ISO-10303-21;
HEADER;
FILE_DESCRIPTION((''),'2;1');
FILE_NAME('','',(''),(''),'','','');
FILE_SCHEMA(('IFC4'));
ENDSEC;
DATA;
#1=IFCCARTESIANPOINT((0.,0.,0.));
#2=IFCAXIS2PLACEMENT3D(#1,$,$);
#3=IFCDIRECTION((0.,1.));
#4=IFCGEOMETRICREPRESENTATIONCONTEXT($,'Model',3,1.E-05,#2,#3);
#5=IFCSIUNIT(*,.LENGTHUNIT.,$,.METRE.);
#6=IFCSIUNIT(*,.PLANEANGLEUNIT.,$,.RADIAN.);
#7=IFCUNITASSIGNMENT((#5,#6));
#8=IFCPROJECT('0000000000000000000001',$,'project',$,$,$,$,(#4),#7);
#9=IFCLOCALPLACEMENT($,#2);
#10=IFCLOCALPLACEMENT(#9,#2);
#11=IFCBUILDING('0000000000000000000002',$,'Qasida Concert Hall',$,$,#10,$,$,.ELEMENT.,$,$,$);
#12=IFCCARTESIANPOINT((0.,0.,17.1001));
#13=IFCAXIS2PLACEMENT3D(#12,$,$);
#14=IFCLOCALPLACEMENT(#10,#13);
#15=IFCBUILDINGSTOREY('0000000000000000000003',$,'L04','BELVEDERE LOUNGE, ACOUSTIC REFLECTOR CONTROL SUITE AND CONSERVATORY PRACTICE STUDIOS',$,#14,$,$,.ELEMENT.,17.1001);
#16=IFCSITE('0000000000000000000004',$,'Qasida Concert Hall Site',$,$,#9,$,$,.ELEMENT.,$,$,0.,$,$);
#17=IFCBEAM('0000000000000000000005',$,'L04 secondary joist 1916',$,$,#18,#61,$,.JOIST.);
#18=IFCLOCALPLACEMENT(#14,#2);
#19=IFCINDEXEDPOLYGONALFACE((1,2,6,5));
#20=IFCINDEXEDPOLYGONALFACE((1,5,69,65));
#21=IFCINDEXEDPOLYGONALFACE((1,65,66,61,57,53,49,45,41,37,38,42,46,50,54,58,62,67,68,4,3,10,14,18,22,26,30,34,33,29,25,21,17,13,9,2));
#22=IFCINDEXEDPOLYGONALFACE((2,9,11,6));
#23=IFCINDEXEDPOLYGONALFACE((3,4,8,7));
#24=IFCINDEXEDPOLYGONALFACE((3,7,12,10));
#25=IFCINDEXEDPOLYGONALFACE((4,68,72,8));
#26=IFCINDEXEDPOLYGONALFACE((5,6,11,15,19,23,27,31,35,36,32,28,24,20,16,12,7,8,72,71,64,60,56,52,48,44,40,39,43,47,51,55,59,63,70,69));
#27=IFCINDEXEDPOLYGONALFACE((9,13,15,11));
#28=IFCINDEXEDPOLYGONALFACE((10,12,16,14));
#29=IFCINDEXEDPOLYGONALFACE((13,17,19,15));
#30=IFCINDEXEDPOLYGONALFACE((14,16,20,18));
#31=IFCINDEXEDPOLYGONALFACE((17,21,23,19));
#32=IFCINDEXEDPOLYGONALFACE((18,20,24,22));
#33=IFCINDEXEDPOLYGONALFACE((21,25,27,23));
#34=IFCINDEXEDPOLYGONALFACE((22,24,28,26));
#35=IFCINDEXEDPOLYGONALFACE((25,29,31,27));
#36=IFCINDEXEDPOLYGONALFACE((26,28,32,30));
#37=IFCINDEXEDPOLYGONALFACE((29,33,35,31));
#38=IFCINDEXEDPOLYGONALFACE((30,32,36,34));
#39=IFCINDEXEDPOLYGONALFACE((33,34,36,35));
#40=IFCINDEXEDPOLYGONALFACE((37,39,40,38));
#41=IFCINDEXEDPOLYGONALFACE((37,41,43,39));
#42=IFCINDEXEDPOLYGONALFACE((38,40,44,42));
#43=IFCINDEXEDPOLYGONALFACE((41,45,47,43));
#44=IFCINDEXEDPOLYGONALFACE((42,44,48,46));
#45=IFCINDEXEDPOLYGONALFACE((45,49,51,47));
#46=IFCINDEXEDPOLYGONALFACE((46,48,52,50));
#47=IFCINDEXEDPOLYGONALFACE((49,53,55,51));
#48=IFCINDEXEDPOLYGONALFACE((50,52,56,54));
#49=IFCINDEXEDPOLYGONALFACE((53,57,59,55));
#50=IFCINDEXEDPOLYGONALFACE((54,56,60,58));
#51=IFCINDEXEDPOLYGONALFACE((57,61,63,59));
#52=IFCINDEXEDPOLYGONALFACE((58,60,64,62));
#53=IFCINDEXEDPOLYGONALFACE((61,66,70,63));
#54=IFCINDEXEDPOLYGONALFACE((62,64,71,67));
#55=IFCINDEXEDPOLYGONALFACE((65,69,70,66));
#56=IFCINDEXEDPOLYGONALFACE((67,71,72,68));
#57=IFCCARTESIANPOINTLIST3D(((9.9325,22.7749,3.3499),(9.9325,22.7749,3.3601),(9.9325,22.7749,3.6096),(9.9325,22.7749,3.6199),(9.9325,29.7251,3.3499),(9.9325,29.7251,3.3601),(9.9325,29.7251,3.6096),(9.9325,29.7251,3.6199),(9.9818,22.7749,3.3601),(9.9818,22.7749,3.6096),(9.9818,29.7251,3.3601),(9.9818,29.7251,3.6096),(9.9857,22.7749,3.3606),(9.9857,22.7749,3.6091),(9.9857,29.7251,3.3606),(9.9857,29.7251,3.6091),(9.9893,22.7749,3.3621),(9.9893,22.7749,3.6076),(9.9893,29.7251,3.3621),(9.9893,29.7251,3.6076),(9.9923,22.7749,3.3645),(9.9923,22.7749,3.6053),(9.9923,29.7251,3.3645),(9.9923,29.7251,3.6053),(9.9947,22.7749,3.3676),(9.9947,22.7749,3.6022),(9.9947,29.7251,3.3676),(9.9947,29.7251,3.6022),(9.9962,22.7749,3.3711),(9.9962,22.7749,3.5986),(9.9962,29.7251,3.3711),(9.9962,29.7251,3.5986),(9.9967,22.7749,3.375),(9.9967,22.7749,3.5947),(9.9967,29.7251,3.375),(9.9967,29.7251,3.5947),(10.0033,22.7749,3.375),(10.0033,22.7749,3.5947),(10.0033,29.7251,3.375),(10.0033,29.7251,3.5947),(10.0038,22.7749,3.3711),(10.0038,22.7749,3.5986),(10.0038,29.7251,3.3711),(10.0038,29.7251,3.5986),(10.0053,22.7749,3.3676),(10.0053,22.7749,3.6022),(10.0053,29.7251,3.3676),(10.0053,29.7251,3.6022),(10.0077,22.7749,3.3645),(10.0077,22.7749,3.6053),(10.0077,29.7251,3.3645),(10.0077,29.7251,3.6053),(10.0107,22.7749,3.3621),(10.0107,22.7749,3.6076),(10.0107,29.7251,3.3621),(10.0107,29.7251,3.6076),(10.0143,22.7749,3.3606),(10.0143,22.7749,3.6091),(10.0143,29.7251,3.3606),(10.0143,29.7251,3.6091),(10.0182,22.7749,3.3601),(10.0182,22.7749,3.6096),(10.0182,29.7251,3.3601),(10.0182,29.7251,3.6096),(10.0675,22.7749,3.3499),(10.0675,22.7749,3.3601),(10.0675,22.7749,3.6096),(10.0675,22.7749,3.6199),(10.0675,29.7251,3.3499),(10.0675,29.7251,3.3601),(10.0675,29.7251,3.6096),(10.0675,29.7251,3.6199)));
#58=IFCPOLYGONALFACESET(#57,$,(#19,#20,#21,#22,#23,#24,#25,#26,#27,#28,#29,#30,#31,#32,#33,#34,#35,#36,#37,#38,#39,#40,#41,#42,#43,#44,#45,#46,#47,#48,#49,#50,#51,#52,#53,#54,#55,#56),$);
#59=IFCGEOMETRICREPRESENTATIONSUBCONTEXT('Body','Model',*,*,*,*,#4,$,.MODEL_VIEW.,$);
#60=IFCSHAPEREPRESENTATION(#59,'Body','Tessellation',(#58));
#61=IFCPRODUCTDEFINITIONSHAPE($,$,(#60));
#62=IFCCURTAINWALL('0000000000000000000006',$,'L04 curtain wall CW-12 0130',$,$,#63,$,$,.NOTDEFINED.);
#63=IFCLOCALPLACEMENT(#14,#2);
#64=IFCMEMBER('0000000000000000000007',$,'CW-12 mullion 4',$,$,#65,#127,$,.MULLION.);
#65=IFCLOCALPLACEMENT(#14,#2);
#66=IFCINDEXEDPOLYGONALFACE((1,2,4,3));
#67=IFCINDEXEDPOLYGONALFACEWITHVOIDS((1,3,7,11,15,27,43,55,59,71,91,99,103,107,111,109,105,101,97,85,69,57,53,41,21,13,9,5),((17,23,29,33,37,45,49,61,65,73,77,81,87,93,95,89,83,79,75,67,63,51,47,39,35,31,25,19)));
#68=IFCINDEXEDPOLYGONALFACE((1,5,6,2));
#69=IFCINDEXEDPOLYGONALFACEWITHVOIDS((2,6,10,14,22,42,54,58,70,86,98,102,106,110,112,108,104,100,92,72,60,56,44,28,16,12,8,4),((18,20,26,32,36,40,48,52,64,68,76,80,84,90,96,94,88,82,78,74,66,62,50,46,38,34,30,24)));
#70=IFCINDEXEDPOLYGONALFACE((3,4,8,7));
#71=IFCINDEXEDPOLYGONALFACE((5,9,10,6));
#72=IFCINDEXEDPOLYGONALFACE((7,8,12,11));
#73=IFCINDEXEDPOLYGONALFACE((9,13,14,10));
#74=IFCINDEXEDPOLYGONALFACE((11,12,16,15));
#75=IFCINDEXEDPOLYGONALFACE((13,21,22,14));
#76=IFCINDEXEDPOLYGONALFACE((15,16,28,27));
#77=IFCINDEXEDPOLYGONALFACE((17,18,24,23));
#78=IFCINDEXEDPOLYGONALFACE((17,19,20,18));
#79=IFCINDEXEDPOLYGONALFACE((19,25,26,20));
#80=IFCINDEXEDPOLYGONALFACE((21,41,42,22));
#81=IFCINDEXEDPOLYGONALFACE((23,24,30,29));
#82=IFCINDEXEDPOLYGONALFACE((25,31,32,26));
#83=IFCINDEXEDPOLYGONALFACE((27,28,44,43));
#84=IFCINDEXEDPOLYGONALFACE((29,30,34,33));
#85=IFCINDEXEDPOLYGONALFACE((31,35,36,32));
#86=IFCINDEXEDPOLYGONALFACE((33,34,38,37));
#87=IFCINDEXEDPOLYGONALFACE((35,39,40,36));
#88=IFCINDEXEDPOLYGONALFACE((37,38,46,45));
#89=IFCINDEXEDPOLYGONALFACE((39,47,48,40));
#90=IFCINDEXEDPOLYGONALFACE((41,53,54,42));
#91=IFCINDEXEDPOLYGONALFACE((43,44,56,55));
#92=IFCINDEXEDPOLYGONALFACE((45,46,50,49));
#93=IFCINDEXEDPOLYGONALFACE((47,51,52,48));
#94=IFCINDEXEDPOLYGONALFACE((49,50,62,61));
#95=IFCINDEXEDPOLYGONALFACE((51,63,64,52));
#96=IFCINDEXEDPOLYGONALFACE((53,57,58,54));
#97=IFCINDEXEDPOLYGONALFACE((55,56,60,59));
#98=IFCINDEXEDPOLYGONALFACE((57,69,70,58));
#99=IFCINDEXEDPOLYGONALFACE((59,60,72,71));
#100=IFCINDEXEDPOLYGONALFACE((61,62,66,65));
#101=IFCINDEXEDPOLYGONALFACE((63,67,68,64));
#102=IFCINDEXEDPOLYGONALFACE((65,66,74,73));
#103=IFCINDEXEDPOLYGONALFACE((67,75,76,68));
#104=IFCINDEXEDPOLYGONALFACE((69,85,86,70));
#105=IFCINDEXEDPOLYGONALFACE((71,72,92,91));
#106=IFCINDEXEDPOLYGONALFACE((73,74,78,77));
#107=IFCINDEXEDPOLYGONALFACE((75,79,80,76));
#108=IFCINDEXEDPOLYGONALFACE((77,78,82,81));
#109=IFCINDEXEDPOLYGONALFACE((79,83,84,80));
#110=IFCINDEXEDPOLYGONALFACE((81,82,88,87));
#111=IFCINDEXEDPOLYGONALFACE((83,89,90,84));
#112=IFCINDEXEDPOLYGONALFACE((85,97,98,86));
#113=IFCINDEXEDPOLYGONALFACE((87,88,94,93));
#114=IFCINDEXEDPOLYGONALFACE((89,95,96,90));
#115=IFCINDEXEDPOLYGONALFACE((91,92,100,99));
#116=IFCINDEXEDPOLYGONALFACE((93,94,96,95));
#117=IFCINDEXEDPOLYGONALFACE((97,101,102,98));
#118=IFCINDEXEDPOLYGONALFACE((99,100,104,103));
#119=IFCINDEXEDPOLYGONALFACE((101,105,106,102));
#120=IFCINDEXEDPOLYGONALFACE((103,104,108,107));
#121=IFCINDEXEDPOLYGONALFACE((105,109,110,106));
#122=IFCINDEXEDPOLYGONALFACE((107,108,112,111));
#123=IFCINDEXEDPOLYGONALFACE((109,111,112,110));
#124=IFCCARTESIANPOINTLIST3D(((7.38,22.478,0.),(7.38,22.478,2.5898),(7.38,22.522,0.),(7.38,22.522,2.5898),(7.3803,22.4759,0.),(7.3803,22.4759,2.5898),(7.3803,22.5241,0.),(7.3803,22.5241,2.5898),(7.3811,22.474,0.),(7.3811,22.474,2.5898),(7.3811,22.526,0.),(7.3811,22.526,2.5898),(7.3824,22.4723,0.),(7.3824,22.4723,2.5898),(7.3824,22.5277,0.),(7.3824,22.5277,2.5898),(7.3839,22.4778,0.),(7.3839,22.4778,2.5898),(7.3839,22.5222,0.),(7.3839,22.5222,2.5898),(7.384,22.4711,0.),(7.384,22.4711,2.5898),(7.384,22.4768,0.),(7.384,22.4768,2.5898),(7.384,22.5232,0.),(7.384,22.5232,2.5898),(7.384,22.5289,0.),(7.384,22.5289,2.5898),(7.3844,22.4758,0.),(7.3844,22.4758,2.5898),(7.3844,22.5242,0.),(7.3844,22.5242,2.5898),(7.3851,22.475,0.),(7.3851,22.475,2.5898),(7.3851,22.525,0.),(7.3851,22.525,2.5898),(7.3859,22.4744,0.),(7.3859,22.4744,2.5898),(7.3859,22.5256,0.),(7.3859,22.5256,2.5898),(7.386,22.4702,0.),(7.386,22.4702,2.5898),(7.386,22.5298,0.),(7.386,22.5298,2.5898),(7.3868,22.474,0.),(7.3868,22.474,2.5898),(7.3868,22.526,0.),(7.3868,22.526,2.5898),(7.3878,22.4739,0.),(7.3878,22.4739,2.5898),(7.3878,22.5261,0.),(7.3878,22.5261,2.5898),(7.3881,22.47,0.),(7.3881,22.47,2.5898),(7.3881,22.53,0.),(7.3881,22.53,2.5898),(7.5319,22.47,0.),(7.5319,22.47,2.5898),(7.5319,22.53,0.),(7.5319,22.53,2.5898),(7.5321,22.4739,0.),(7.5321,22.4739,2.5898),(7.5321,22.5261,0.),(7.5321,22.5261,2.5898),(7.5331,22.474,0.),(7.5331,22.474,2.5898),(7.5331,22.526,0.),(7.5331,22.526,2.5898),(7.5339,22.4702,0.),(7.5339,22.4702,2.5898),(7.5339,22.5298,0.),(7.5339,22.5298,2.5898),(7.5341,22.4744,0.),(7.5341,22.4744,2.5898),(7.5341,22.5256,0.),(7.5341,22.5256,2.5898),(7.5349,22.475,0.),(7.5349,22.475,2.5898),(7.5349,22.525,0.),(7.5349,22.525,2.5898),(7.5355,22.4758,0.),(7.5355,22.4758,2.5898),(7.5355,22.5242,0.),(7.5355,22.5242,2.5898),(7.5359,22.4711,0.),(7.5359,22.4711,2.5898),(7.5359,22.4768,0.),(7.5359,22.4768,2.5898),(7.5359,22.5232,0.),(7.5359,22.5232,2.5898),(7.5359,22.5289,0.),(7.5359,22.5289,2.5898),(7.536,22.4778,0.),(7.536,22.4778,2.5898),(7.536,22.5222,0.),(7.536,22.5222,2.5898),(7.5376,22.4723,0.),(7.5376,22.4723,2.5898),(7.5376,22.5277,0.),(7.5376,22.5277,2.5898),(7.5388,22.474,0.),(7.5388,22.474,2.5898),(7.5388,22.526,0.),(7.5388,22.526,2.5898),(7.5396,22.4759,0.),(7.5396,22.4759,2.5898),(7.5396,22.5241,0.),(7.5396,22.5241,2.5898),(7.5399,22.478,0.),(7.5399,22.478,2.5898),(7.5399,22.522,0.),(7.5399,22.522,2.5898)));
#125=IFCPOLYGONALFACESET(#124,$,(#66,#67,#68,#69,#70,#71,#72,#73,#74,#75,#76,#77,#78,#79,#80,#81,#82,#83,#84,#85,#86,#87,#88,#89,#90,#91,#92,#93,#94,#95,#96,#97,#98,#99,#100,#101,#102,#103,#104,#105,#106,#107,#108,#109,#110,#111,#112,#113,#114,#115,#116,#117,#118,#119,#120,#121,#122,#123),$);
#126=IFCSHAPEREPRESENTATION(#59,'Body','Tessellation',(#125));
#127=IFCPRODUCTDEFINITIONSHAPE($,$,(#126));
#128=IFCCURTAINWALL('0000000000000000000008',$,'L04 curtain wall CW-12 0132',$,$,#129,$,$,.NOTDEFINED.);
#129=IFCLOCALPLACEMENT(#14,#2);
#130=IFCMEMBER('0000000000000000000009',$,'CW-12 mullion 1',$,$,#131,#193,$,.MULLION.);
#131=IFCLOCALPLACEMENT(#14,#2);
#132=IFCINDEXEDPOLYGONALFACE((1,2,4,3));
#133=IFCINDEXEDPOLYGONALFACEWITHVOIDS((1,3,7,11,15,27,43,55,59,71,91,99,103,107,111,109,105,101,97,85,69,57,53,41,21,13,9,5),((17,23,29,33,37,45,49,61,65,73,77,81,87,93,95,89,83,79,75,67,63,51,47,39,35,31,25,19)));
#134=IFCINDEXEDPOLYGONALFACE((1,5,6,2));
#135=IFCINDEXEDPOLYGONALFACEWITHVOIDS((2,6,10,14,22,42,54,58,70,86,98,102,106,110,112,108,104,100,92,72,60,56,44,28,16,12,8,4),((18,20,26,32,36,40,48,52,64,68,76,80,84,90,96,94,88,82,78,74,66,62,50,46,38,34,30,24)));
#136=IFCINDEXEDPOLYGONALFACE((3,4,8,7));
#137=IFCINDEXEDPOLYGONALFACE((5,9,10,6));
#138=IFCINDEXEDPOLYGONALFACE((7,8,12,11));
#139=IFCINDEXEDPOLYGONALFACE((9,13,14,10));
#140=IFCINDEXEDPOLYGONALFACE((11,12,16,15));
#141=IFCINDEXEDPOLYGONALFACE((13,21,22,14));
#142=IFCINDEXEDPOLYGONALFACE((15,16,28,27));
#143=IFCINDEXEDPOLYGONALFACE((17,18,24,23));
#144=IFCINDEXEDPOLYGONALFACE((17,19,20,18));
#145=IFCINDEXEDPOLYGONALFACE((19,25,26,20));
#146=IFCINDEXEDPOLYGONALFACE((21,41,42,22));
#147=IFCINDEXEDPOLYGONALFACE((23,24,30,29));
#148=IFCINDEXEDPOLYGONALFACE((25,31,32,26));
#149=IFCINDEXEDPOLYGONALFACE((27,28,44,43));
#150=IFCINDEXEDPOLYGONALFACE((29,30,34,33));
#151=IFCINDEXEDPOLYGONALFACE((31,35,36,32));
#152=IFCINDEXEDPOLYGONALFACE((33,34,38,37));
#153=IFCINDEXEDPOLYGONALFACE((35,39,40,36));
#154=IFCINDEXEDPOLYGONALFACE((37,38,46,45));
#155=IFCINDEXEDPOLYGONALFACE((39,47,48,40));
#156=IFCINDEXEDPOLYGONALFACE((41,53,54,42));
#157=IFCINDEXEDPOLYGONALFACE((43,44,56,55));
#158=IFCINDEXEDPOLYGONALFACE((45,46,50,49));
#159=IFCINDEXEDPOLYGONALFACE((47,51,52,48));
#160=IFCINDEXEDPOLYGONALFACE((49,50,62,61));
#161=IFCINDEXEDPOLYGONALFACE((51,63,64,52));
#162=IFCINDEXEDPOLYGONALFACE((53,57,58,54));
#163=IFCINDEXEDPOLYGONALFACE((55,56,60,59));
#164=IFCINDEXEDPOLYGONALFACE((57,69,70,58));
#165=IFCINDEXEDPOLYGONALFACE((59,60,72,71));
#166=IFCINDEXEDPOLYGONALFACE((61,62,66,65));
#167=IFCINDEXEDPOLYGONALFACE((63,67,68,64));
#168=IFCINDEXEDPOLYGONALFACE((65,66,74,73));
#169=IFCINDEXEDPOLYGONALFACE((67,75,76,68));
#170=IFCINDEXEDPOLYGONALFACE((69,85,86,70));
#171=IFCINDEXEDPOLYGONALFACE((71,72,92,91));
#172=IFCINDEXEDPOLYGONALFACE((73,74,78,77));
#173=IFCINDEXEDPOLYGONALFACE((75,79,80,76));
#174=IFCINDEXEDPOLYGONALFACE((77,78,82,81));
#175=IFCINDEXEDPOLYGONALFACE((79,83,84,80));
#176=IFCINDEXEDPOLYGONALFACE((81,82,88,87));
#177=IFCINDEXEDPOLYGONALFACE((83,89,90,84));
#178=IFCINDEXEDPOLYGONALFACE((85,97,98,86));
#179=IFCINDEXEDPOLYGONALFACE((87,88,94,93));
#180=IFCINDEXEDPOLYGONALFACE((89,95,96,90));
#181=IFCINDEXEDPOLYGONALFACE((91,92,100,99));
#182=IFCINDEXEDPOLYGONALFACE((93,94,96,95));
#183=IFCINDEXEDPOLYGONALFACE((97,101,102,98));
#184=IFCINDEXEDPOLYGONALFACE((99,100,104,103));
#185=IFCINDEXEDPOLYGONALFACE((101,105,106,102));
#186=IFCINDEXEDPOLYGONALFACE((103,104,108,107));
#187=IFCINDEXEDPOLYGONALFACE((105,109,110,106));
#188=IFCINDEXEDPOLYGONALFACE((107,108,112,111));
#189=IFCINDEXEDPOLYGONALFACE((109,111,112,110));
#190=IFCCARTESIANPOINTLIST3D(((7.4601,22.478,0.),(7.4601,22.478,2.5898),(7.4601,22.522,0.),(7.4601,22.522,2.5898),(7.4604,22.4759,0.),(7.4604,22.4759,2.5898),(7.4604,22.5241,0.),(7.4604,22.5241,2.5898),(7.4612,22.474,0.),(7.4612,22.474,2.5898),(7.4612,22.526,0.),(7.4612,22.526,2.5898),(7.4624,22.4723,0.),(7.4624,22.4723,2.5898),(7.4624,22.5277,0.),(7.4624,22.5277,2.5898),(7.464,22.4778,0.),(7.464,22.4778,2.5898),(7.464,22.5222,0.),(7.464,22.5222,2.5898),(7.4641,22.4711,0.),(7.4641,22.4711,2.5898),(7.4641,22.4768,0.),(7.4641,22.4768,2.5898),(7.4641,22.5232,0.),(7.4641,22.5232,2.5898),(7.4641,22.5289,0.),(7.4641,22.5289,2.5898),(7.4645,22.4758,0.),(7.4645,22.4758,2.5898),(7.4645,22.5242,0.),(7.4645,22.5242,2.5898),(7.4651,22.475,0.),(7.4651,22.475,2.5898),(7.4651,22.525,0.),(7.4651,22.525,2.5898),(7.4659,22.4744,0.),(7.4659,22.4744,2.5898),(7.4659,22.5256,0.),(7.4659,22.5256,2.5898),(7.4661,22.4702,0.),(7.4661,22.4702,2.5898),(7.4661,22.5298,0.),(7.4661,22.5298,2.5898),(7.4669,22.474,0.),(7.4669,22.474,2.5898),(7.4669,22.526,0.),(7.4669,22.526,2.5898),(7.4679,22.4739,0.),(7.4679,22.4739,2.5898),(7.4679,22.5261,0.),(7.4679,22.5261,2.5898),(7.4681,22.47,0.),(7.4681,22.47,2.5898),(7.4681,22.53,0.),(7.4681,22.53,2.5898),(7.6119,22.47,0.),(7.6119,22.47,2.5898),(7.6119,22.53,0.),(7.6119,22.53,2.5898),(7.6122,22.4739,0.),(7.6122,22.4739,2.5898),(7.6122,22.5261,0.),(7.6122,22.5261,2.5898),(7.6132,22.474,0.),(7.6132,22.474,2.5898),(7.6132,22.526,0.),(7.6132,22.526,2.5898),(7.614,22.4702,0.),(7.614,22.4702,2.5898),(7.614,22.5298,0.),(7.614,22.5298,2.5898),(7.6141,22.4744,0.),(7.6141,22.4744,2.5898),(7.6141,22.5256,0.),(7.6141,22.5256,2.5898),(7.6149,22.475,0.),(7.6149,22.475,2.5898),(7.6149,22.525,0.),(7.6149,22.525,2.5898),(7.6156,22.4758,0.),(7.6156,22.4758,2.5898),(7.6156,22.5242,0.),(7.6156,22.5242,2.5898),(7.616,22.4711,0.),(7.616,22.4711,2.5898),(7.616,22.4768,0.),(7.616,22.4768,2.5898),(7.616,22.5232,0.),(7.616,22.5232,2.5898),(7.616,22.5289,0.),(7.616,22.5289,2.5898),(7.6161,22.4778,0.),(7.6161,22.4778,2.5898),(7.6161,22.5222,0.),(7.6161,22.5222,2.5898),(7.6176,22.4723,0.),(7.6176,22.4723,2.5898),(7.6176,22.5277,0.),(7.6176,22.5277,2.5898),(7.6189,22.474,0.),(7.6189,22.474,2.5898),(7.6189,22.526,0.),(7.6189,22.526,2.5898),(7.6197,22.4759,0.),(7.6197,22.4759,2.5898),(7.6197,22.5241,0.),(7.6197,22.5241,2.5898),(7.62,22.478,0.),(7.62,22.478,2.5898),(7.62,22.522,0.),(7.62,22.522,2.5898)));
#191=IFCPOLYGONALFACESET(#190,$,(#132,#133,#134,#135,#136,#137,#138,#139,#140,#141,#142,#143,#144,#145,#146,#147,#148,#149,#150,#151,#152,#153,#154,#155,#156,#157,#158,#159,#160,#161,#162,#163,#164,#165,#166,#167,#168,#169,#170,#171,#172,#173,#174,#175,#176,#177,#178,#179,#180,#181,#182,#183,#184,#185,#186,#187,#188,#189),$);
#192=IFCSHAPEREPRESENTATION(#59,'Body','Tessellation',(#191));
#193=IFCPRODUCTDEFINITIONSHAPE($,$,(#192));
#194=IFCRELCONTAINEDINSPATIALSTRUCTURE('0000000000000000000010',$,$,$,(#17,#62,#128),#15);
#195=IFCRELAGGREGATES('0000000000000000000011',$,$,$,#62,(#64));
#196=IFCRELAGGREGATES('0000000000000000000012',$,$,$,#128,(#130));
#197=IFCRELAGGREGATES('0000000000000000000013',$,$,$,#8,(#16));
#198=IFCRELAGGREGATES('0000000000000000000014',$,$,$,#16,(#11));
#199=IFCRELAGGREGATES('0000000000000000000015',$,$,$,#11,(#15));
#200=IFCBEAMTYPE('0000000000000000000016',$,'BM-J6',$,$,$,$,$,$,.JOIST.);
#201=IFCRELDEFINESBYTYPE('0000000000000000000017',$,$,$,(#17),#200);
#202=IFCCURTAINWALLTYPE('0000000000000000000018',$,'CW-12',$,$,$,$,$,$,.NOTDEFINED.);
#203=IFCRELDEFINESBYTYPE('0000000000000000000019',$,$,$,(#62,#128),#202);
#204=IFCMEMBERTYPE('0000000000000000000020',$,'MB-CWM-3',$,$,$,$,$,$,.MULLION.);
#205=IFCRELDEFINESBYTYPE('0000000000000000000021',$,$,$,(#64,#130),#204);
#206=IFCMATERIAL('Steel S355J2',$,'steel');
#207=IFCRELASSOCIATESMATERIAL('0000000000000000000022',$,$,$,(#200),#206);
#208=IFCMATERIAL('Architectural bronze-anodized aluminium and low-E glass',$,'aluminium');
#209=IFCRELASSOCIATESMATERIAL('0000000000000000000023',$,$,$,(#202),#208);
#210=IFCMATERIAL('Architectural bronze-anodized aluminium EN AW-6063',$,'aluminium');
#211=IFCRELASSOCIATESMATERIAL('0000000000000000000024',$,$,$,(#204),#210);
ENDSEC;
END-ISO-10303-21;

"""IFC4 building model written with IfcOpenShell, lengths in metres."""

from ifc_helpers import new_model, si_unit, direction, frame, origin, origin_2d, place, context, subcontext, project, spatial, hollow_rectangle, i_section, extrude, material, material_profile, profile_set, type_object, element, aggregate, save


model = new_model("IFC4")

# Units and contexts
model_context = context("Model", 3, precision=1e-05, world=origin(), true_north=direction((0.0, 1.0)))
body_context = subcontext(model_context, "Body", "Model", "MODEL_VIEW")
ifc_project = project(units=[si_unit("LENGTHUNIT", "METRE"), si_unit("PLANEANGLEUNIT", "RADIAN")], contexts=[model_context])

# Site, building, storey
site_placement = place(None, origin())
site = spatial("IfcSite", under=ifc_project, at=site_placement, Name="Qasida Concert Hall Site", CompositionType="ELEMENT", RefElevation=0.0)
building_placement = place(site_placement, origin())
building = spatial("IfcBuilding", under=site, at=building_placement, Name="Qasida Concert Hall", CompositionType="ELEMENT")
storey_placement = place(building_placement, frame((0.0, 0.0, 17.1001)))
storey = spatial("IfcBuildingStorey", under=building, at=storey_placement, Name="L04", Description="BELVEDERE LOUNGE, ACOUSTIC REFLECTOR CONTROL SUITE AND CONSERVATORY PRACTICE STUDIOS", CompositionType="ELEMENT", Elevation=17.1001)

# Beam
ifc_material_1 = material(Name="Steel S355J2", Category="steel")
ifc_material_profile_1 = material_profile(ifc_material_1, i_section(OverallWidth=0.135, OverallDepth=0.27, WebThickness=0.0066, FlangeThickness=0.0103, FilletRadius=0.0149, at=origin_2d()), Name="IPE 270")
ifc_profile_set_1 = profile_set([ifc_material_profile_1], Name="Steel S355J2")
beam_type = type_object("IfcBeamType", Name="BM-J6", PredefinedType="JOIST", material=ifc_profile_set_1)
beam_placement = place(storey_placement, frame((10.0, 22.7749, 3.4849), z_axis=(0.0, 1.0, 0.0), x_axis=(-1.0, 0.0, 0.0)))
element("IfcBeam", 1, at=beam_placement, inside=storey, type_object=beam_type, Name="L04 secondary joist 1916", PredefinedType="JOIST", context=body_context, shape_type="SweptSolid", body=[
    extrude(i_section(OverallWidth=0.135, OverallDepth=0.27, WebThickness=0.0066, FlangeThickness=0.0103, FilletRadius=0.0149, at=origin_2d()), origin(), (0.0, 0.0, 1.0), 6.9502),
])

# Curtain wall, member
ifc_material_2 = material(Name="Architectural bronze-anodized aluminium and low-E glass", Category="aluminium")
curtain_wall_type = type_object("IfcCurtainWallType", Name="CW-12", PredefinedType="NOTDEFINED", material=ifc_material_2)
curtain_wall_1_placement = place(storey_placement, origin())
curtain_wall_1 = element("IfcCurtainWall", 2, at=curtain_wall_1_placement, inside=storey, type_object=curtain_wall_type, Name="L04 curtain wall CW-12 0130", PredefinedType="NOTDEFINED")
ifc_material_3 = material(Name="Architectural bronze-anodized aluminium EN AW-6063", Category="aluminium")
ifc_material_profile_2 = material_profile(ifc_material_3, hollow_rectangle(XDim=0.0601, YDim=0.1599, WallThickness=0.0039, InnerFilletRadius=0.0039, OuterFilletRadius=0.0081, at=origin_2d()), Name="CWM 160x60x4")
ifc_profile_set_2 = profile_set([ifc_material_profile_2], Name="Architectural bronze-anodized aluminium EN AW-6063")
member_type_1 = type_object("IfcMemberType", Name="MB-CWM-3", PredefinedType="MULLION", material=ifc_profile_set_2)
member_1_placement = place(storey_placement, frame((7.46, 22.5, 0.0), z_axis=(0.0, 0.0, 1.0), x_axis=(0.0, 1.0, 0.0)))
member_1 = element("IfcMember", 3, at=member_1_placement, type_object=member_type_1, Name="CW-12 mullion 4", PredefinedType="MULLION", context=body_context, shape_type="SweptSolid", body=[
    extrude(hollow_rectangle(XDim=0.0601, YDim=0.1599, WallThickness=0.0039, InnerFilletRadius=0.0039, OuterFilletRadius=0.0081, at=origin_2d()), origin(), (0.0, 0.0, 1.0), 2.5898),
])
aggregate(curtain_wall_1, [member_1])

# Curtain wall, member
curtain_wall_2_placement = place(storey_placement, origin())
curtain_wall_2 = element("IfcCurtainWall", 4, at=curtain_wall_2_placement, inside=storey, type_object=curtain_wall_type, Name="L04 curtain wall CW-12 0132", PredefinedType="NOTDEFINED")
member_2_placement = place(storey_placement, frame((7.54, 22.5, 0.0), z_axis=(0.0, 0.0, 1.0), x_axis=(0.0, 1.0, 0.0)))
member_2 = element("IfcMember", 5, at=member_2_placement, type_object=member_type_1, Name="CW-12 mullion 1", PredefinedType="MULLION", context=body_context, shape_type="SweptSolid", body=[
    extrude(hollow_rectangle(XDim=0.0601, YDim=0.1599, WallThickness=0.0039, InnerFilletRadius=0.0039, OuterFilletRadius=0.0081, at=origin_2d()), origin(), (0.0, 0.0, 1.0), 2.5898),
])
aggregate(curtain_wall_2, [member_2])

save(model, "model.ifc")
